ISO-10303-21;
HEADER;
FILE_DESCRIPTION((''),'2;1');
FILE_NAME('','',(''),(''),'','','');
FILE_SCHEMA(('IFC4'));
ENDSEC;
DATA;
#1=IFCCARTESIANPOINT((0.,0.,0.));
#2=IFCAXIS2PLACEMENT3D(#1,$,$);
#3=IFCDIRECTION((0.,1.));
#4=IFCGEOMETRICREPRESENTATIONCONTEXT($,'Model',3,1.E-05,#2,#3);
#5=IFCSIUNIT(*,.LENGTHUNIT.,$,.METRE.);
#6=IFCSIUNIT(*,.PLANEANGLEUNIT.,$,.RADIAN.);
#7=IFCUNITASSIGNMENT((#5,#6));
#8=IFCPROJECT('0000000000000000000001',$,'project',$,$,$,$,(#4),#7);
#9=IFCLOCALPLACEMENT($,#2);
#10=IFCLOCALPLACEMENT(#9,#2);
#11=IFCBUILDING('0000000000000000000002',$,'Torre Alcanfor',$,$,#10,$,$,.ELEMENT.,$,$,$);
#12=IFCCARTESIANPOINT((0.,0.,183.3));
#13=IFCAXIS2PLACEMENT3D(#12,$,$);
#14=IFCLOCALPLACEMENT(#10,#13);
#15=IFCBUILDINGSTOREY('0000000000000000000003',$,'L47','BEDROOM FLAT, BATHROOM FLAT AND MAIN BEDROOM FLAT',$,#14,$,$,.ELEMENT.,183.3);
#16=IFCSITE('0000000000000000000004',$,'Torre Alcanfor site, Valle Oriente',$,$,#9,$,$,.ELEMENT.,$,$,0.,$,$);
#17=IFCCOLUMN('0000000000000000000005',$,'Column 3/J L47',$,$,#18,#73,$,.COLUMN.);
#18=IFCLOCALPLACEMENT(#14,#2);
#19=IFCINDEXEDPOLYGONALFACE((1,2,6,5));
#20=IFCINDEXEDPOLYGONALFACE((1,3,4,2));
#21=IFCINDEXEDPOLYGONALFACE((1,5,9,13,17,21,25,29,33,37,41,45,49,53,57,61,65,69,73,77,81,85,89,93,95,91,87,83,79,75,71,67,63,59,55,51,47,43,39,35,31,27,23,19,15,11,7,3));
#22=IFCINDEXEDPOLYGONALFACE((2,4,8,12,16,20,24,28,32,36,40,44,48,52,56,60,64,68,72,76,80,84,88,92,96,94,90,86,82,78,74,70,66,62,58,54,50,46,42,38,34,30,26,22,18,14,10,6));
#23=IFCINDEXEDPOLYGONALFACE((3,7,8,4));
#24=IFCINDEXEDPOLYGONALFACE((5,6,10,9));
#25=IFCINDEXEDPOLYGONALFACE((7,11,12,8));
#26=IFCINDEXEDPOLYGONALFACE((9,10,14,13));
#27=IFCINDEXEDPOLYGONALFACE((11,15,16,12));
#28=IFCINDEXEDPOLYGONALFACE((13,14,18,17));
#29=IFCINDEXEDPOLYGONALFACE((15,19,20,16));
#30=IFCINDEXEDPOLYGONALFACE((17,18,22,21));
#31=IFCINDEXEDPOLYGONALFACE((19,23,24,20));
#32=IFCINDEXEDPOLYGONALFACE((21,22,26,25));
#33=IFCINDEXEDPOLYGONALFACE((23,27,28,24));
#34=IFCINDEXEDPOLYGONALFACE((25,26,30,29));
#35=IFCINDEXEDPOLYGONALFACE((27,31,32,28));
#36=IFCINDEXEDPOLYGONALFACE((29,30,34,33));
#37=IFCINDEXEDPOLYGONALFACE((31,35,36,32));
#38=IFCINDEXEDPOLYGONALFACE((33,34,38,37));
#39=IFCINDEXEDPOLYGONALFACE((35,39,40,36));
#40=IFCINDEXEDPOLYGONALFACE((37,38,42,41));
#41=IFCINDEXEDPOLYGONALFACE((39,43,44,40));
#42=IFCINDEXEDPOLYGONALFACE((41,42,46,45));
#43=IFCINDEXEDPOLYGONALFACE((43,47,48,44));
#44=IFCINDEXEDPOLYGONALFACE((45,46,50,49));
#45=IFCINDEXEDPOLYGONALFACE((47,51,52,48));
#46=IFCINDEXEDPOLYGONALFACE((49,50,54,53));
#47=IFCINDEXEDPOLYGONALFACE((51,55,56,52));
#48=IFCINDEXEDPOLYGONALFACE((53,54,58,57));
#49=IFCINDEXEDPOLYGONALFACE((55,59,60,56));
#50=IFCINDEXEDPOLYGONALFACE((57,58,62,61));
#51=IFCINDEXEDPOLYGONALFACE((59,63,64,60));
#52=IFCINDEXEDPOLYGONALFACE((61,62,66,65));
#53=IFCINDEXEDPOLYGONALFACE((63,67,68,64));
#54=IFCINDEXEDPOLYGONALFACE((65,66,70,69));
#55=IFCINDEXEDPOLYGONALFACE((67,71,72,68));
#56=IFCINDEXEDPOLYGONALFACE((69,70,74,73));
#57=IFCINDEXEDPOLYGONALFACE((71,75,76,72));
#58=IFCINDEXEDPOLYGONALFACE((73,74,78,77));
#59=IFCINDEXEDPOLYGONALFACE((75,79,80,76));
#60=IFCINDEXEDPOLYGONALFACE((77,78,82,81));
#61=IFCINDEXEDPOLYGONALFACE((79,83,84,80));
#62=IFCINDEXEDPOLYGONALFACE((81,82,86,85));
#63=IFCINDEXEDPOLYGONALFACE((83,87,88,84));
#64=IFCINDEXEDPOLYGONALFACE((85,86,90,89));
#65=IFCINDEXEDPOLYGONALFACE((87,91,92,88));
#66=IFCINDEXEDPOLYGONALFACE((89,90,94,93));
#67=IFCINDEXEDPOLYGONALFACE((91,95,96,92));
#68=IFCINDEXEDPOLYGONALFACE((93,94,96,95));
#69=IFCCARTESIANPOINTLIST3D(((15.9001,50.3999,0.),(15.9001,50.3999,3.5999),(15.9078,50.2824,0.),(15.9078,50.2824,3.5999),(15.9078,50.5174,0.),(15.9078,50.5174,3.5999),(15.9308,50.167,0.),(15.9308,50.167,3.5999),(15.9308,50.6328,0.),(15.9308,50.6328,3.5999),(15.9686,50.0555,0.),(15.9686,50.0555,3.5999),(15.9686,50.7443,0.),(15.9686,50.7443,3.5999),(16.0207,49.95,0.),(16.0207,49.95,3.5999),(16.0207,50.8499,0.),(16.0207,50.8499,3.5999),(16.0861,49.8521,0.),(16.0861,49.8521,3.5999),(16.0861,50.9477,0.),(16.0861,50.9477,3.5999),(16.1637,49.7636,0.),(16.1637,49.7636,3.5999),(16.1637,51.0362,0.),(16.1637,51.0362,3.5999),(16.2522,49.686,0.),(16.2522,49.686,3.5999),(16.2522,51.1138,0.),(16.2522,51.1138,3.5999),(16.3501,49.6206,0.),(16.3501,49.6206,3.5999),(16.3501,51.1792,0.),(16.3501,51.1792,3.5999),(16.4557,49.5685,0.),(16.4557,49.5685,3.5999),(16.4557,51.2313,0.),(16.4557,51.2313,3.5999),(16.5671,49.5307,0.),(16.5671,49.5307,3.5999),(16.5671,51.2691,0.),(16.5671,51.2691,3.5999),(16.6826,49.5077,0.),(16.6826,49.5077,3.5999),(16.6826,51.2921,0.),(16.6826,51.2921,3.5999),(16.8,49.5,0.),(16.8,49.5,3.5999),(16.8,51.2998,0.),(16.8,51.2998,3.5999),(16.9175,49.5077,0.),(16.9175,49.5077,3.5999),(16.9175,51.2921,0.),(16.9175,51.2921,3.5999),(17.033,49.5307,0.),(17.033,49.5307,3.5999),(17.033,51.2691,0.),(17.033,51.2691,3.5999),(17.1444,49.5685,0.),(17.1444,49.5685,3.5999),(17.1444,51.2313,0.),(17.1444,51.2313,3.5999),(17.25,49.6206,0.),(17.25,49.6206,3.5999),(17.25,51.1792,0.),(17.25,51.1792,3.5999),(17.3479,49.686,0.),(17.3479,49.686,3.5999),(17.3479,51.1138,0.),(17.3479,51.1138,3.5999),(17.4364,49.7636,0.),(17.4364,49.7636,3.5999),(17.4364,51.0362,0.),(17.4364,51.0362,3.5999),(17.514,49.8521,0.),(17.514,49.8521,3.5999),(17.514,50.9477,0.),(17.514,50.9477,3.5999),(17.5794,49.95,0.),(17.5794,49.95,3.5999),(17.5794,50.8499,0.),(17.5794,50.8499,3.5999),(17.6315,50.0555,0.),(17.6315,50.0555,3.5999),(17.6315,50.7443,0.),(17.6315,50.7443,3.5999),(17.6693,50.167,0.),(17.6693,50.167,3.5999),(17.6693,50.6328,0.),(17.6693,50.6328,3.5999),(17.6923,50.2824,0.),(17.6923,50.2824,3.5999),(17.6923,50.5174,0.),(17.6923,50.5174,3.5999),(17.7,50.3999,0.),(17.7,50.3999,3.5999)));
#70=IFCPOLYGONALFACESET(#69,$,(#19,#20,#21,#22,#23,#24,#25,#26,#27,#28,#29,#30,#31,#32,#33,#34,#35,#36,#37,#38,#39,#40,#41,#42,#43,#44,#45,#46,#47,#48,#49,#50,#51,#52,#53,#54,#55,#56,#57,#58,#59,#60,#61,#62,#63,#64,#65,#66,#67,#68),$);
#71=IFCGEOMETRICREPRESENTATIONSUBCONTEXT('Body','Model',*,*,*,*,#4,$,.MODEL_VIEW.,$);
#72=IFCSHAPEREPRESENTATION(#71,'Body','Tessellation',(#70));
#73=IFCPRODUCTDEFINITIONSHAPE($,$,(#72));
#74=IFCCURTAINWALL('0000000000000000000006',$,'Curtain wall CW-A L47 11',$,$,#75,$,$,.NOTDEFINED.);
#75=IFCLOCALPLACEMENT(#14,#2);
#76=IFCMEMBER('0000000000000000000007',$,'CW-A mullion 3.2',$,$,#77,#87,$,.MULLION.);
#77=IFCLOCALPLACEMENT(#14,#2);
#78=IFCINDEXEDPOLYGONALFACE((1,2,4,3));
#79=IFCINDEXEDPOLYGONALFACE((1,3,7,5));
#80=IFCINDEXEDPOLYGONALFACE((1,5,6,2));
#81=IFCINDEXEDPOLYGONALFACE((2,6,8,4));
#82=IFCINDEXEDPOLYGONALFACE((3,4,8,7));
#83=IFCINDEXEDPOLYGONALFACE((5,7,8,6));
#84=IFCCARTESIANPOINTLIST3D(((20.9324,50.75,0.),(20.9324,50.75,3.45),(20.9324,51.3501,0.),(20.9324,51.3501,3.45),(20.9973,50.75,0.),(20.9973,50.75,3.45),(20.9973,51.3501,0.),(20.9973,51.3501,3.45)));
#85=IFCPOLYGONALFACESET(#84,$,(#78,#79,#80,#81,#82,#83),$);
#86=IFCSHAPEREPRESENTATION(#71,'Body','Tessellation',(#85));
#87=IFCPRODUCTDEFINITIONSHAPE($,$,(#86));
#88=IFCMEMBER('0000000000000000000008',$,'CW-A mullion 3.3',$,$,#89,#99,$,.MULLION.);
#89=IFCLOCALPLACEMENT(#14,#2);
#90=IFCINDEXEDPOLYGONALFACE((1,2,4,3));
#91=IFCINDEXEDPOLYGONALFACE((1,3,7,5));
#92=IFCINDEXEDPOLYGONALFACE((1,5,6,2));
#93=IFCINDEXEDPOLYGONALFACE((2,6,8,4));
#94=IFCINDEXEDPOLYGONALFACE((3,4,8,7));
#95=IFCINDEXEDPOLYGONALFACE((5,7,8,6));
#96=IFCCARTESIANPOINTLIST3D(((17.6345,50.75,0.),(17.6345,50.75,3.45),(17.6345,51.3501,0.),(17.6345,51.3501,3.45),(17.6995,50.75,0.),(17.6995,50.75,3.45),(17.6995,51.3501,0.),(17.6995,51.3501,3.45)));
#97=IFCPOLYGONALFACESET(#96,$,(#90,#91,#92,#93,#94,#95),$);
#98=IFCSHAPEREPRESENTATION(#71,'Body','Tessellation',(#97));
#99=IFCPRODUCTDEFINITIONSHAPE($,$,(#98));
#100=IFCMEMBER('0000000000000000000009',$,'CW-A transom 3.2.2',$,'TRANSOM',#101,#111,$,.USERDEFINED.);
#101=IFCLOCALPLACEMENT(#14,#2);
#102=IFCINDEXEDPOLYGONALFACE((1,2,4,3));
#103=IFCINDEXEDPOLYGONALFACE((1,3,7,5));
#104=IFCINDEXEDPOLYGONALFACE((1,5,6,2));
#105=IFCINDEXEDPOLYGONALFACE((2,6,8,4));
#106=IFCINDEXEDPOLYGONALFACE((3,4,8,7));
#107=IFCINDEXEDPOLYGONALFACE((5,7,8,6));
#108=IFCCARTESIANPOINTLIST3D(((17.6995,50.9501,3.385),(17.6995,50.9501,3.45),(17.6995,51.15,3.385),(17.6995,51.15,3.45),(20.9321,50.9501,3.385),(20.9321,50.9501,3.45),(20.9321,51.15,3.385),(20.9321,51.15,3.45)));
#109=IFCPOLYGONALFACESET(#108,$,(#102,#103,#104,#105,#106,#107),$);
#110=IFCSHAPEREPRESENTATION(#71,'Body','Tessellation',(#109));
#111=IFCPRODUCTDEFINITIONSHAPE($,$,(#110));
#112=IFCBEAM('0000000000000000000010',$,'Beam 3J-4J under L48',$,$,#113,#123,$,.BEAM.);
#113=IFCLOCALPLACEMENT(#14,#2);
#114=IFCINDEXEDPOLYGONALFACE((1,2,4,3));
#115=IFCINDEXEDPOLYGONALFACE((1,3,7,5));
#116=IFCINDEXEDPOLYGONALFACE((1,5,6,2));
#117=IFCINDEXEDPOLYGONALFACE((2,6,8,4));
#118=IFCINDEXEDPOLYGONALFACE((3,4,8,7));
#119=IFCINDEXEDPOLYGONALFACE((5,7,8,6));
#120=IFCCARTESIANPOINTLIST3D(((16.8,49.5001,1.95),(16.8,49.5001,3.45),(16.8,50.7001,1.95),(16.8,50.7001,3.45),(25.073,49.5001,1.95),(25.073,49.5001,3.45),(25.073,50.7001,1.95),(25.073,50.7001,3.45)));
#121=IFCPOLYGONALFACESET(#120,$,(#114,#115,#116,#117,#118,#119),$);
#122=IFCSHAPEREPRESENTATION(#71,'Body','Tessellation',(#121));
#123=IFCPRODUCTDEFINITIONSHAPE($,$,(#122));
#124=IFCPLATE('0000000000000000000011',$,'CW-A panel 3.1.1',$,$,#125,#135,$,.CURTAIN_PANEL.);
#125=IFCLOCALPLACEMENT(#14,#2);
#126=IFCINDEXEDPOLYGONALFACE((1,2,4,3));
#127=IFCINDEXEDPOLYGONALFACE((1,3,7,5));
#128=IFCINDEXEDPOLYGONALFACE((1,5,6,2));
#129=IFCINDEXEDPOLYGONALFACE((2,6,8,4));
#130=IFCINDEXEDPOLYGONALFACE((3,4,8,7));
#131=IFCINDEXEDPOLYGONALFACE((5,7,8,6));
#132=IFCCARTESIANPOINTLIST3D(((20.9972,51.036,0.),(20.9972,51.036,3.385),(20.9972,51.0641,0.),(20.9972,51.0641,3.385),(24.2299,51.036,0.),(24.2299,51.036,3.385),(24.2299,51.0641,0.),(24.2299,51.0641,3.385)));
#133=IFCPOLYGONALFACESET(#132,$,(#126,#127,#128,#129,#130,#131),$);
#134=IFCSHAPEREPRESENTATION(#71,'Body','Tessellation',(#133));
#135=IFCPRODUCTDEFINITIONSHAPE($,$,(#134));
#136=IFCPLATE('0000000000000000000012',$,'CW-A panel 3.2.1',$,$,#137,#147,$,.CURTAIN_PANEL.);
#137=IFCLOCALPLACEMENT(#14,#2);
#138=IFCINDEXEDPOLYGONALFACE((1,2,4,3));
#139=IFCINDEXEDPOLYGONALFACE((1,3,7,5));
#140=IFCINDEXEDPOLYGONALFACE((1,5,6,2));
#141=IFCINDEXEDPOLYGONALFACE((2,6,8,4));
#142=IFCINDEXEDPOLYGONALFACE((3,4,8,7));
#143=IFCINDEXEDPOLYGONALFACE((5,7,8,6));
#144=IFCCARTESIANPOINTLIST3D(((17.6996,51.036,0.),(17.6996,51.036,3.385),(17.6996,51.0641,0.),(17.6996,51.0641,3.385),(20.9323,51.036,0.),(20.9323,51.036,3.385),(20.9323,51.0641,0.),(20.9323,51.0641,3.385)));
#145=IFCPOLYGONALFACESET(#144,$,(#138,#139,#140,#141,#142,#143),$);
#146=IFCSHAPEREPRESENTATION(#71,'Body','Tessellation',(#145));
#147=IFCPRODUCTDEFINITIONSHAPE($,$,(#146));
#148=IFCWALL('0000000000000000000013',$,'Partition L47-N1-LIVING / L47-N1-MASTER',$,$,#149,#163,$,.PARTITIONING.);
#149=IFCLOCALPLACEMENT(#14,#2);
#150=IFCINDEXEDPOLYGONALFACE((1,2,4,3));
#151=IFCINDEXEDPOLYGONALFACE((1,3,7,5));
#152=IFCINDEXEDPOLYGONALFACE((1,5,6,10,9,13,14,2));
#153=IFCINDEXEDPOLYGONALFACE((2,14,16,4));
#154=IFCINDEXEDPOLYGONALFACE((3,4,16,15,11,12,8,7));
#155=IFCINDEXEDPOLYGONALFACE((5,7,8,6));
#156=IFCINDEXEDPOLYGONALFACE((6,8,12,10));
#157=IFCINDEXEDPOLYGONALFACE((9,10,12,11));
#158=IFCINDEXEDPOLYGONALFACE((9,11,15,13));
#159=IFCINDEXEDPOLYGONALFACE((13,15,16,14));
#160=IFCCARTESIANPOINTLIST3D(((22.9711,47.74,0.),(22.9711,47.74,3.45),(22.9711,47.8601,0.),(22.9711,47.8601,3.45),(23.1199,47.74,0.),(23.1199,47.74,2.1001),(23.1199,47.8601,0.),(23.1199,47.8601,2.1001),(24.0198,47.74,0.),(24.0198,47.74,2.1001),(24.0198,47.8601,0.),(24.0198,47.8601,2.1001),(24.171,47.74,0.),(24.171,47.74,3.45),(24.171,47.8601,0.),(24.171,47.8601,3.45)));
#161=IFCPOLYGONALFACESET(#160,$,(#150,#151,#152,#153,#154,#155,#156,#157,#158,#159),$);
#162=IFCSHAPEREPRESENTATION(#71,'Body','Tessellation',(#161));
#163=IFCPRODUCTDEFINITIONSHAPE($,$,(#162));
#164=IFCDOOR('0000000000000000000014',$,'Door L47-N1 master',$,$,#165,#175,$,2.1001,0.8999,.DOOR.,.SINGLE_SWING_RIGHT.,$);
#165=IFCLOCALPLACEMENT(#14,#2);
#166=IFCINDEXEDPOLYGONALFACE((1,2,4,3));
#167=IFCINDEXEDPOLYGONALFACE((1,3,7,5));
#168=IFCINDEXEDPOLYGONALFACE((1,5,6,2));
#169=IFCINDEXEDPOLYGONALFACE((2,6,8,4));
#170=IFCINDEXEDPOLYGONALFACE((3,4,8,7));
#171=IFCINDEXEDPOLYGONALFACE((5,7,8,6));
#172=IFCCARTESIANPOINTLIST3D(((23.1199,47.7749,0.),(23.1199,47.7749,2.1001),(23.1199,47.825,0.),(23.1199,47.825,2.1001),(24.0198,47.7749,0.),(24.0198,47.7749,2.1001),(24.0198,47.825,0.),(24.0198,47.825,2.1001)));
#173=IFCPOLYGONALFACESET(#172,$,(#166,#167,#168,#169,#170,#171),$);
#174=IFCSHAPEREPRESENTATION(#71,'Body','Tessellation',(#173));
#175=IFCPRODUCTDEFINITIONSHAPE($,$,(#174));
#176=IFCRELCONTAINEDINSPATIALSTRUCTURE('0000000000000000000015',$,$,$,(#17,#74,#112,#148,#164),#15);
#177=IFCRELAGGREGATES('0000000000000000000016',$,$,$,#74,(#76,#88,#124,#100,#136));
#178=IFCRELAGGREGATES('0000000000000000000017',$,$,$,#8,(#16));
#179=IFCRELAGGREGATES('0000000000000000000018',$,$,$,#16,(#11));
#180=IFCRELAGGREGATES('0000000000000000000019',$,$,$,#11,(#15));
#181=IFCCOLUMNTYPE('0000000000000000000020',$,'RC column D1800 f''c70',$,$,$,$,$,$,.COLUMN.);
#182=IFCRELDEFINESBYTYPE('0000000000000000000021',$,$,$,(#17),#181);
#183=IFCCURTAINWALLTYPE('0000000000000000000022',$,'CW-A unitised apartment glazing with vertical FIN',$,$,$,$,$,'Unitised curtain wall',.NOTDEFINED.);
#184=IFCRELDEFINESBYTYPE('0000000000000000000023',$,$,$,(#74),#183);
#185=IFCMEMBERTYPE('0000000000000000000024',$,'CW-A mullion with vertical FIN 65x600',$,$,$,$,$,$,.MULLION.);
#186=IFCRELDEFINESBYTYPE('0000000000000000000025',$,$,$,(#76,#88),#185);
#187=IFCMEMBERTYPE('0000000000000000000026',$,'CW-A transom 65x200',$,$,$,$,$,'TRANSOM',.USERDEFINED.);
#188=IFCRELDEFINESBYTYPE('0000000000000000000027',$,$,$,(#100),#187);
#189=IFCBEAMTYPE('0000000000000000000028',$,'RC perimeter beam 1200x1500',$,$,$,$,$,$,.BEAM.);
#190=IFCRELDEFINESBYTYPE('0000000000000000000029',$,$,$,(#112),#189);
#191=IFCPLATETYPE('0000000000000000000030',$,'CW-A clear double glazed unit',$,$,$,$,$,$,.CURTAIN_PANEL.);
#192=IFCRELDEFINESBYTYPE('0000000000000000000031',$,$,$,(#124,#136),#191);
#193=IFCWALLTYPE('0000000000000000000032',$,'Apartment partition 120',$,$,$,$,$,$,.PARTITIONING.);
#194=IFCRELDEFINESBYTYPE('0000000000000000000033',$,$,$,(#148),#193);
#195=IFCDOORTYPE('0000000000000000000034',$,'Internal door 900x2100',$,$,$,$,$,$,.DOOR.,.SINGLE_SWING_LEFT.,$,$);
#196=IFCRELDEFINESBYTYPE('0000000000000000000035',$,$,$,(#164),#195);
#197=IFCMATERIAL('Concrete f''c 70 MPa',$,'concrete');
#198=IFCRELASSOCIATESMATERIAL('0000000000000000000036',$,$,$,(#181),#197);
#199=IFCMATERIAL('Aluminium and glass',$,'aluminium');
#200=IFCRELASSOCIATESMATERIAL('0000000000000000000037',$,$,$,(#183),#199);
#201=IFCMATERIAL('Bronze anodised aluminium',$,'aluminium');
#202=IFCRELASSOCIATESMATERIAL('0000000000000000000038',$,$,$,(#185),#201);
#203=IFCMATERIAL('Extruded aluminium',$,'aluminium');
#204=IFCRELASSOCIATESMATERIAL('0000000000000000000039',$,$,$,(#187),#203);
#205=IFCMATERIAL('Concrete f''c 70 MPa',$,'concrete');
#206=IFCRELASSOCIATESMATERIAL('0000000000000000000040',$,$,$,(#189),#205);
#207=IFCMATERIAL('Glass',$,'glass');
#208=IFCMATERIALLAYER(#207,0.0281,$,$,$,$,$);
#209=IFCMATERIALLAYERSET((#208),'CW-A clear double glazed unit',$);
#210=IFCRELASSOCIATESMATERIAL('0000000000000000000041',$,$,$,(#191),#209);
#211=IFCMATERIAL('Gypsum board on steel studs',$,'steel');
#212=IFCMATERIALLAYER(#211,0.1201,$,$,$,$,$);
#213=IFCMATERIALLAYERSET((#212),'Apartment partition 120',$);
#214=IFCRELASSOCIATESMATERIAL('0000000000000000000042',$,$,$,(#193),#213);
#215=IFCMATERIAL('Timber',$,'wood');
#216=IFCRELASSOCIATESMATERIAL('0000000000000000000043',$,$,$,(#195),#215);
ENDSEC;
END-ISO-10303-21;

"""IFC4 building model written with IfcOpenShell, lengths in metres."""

from ifc_helpers import new_model, si_unit, direction, frame, frame_2d, origin, origin_2d, place, context, subcontext, project, spatial, rectangle, circle, extrude, material, layer, layer_set, material_profile, profile_set, type_object, element, fill, aggregate, save


model = new_model("IFC4")

# Units and contexts
model_context = context("Model", 3, precision=1e-05, world=origin(), true_north=direction((0.0, 1.0)))
body_context = subcontext(model_context, "Body", "Model", "MODEL_VIEW")
ifc_project = project(units=[si_unit("LENGTHUNIT", "METRE"), si_unit("PLANEANGLEUNIT", "RADIAN")], contexts=[model_context])

# Site, building, storey
site_placement = place(None, origin())
site = spatial("IfcSite", under=ifc_project, at=site_placement, Name="Torre Alcanfor site, Valle Oriente", CompositionType="ELEMENT", RefElevation=0.0)
building_placement = place(site_placement, origin())
building = spatial("IfcBuilding", under=site, at=building_placement, Name="Torre Alcanfor", CompositionType="ELEMENT")
storey_placement = place(building_placement, frame((0.0, 0.0, 183.3)))
storey = spatial("IfcBuildingStorey", under=building, at=storey_placement, Name="L47", Description="BEDROOM FLAT, BATHROOM FLAT AND MAIN BEDROOM FLAT", CompositionType="ELEMENT", Elevation=183.3)

# Column
ifc_material_1 = material(Name="Concrete f'c 70 MPa", Category="concrete")
ifc_material_profile_1 = material_profile(ifc_material_1, circle(Radius=0.8999, at=origin_2d()), Name="D1800")
ifc_profile_set_1 = profile_set([ifc_material_profile_1], Name="Concrete f'c 70 MPa")
column_type = type_object("IfcColumnType", Name="RC column D1800 f'c70", PredefinedType="COLUMN", material=ifc_profile_set_1)
column_placement = place(storey_placement, frame((16.8, 50.3999, 0.0), z_axis=(0.0, 0.0, 1.0), x_axis=(1.0, 0.0, 0.0)))
element("IfcColumn", 1, at=column_placement, inside=storey, type_object=column_type, Name="Column 3/J L47", PredefinedType="COLUMN", context=body_context, shape_type="SweptSolid", body=[
    extrude(circle(Radius=0.8999, at=origin_2d()), origin(), (0.0, 0.0, 1.0), 3.5999),
])

# Curtain wall, members
ifc_material_2 = material(Name="Aluminium and glass", Category="aluminium")
curtain_wall_type = type_object("IfcCurtainWallType", Name="CW-A unitised apartment glazing with vertical FIN", ElementType="Unitised curtain wall", PredefinedType="NOTDEFINED", material=ifc_material_2)
curtain_wall_placement = place(storey_placement, origin())
curtain_wall = element("IfcCurtainWall", 2, at=curtain_wall_placement, inside=storey, type_object=curtain_wall_type, Name="Curtain wall CW-A L47 11", PredefinedType="NOTDEFINED")
ifc_material_3 = material(Name="Bronze anodised aluminium", Category="aluminium")
ifc_material_profile_2 = material_profile(ifc_material_3, rectangle(XDim=0.6001, YDim=0.0649, at=origin_2d()), Name="CW-A mullion 65x600")
ifc_profile_set_2 = profile_set([ifc_material_profile_2], Name="Bronze anodised aluminium")
member_type_1 = type_object("IfcMemberType", Name="CW-A mullion with vertical FIN 65x600", PredefinedType="MULLION", material=ifc_profile_set_2)
member_1_placement = place(storey_placement, frame((20.9648, 51.05, 0.0), z_axis=(0.0, 0.0, 1.0), x_axis=(0.0, -1.0, 0.0)))
member_1 = element("IfcMember", 3, at=member_1_placement, type_object=member_type_1, Name="CW-A mullion 3.2", PredefinedType="MULLION", context=body_context, shape_type="SweptSolid", body=[
    extrude(rectangle(XDim=0.6001, YDim=0.0649, at=origin_2d()), origin(), (0.0, 0.0, 1.0), 3.45),
])
member_2_placement = place(storey_placement, frame((17.667, 51.05, 0.0), z_axis=(0.0, 0.0, 1.0), x_axis=(0.0, -1.0, 0.0)))
member_2 = element("IfcMember", 4, at=member_2_placement, type_object=member_type_1, Name="CW-A mullion 3.3", PredefinedType="MULLION", context=body_context, shape_type="SweptSolid", body=[
    extrude(rectangle(XDim=0.6001, YDim=0.0649, at=origin_2d()), origin(), (0.0, 0.0, 1.0), 3.45),
])
ifc_material_4 = material(Name="Extruded aluminium", Category="aluminium")
ifc_material_profile_3 = material_profile(ifc_material_4, rectangle(XDim=0.2, YDim=0.0649, at=origin_2d()), Name="CW-A transom 200x65")
ifc_profile_set_3 = profile_set([ifc_material_profile_3], Name="Extruded aluminium")
member_type_2 = type_object("IfcMemberType", Name="CW-A transom 65x200", ElementType="TRANSOM", PredefinedType="USERDEFINED", material=ifc_profile_set_3)
member_3_placement = place(storey_placement, frame((20.9321, 51.05, 3.4175), z_axis=(-1.0, 0.0, 0.0), x_axis=(0.0, -1.0, 0.0)))
member_3 = element("IfcMember", 5, at=member_3_placement, type_object=member_type_2, Name="CW-A transom 3.2.2", ObjectType="TRANSOM", PredefinedType="USERDEFINED", context=body_context, shape_type="SweptSolid", body=[
    extrude(rectangle(XDim=0.2, YDim=0.0649, at=origin_2d()), origin(), (0.0, 0.0, 1.0), 3.2327),
])

# Beam
ifc_material_5 = material(Name="Concrete f'c 70 MPa", Category="concrete")
ifc_material_profile_4 = material_profile(ifc_material_5, rectangle(XDim=1.2, YDim=1.5, at=origin_2d()), Name="1200x1500")
ifc_profile_set_4 = profile_set([ifc_material_profile_4], Name="Concrete f'c 70 MPa")
beam_type = type_object("IfcBeamType", Name="RC perimeter beam 1200x1500", PredefinedType="BEAM", material=ifc_profile_set_4)
beam_placement = place(storey_placement, frame((16.8, 50.1001, 2.7), z_axis=(1.0, 0.0, 0.0), x_axis=(0.0, 1.0, 0.0)))
element("IfcBeam", 6, at=beam_placement, inside=storey, type_object=beam_type, Name="Beam 3J-4J under L48", PredefinedType="BEAM", context=body_context, shape_type="SweptSolid", body=[
    extrude(rectangle(XDim=1.2, YDim=1.5, at=origin_2d()), origin(), (0.0, 0.0, 1.0), 8.2729),
])

# Plates
ifc_material_6 = material(Name="Glass", Category="glass")
ifc_layer_1 = layer(ifc_material_6, 0.0281)
ifc_layer_set_1 = layer_set([ifc_layer_1], Name="CW-A clear double glazed unit")
plate_type = type_object("IfcPlateType", Name="CW-A clear double glazed unit", PredefinedType="CURTAIN_PANEL", material=ifc_layer_set_1)
plate_1_placement = place(storey_placement, frame((22.6135, 51.05, 0.0), z_axis=(0.0, 0.0, 1.0), x_axis=(-1.0, 0.0, 0.0)))
plate_1 = element("IfcPlate", 7, at=plate_1_placement, type_object=plate_type, Name="CW-A panel 3.1.1", PredefinedType="CURTAIN_PANEL", context=body_context, shape_type="SweptSolid", body=[
    extrude(rectangle(XDim=3.2327, YDim=0.0281, at=origin_2d()), origin(), (0.0, 0.0, 1.0), 3.385),
])
plate_2_placement = place(storey_placement, frame((19.3159, 51.05, 0.0), z_axis=(0.0, 0.0, 1.0), x_axis=(-1.0, 0.0, 0.0)))
plate_2 = element("IfcPlate", 8, at=plate_2_placement, type_object=plate_type, Name="CW-A panel 3.2.1", PredefinedType="CURTAIN_PANEL", context=body_context, shape_type="SweptSolid", body=[
    extrude(rectangle(XDim=3.2327, YDim=0.0281, at=origin_2d()), origin(), (0.0, 0.0, 1.0), 3.385),
])
aggregate(curtain_wall, [member_1, member_2, plate_1, member_3, plate_2])

# Wall, opening, door
ifc_material_7 = material(Name="Gypsum board on steel studs", Category="steel")
ifc_layer_2 = layer(ifc_material_7, 0.1201)
ifc_layer_set_2 = layer_set([ifc_layer_2], Name="Apartment partition 120")
wall_type_1 = type_object("IfcWallType", Name="Apartment partition 120", PredefinedType="PARTITIONING", material=ifc_layer_set_2)
wall_1_placement = place(storey_placement, frame((22.9709, 47.8, 0.0), z_axis=(0.0, 0.0, 1.0), x_axis=(1.0, 0.0, 0.0)))
wall_1 = element("IfcWall", 9, at=wall_1_placement, inside=storey, type_object=wall_type_1, Name="Partition L47-N1-LIVING / L47-N1-MASTER", PredefinedType="PARTITIONING", context=body_context, shape_type="SweptSolid", body=[
    extrude(rectangle(XDim=1.2, YDim=0.1201, at=frame_2d((0.6001, 0.0))), origin(), (0.0, 0.0, 1.0), 3.45),
])
opening_1_placement = place(wall_1_placement, frame((0.1489, 0.0, 0.0)))
opening_1 = element("IfcOpeningElement", 10, at=opening_1_placement, cuts=wall_1, PredefinedType="OPENING", context=body_context, shape_type="SweptSolid", body=[
    extrude(rectangle(XDim=0.8999, YDim=2.1001, at=frame_2d((0.45, 1.05))), frame((0.0, 0.0701, 0.0), z_axis=(0.0, -1.0, 0.0), x_axis=(1.0, 0.0, 0.0)), (0.0, 0.0, 1.0), 0.1401),
])
ifc_material_8 = material(Name="Timber", Category="wood")
door_type_1 = type_object("IfcDoorType", Name="Internal door 900x2100", OperationType="SINGLE_SWING_LEFT", PredefinedType="DOOR", material=ifc_material_8)
door_1_placement = place(opening_1_placement, origin())
door_1 = element("IfcDoor", 11, at=door_1_placement, inside=storey, type_object=door_type_1, Name="Door L47-N1 master", OperationType="SINGLE_SWING_RIGHT", OverallHeight=2.1001, OverallWidth=0.8999, PredefinedType="DOOR", context=body_context, shape_type="SweptSolid", body=[
    extrude(rectangle(XDim=0.8999, YDim=2.1001, at=frame_2d((0.45, 1.05))), frame((0.0, 0.0249, 0.0), z_axis=(0.0, -1.0, 0.0), x_axis=(1.0, 0.0, 0.0)), (0.0, 0.0, 1.0), 0.05),
])
fill(opening_1, door_1)

save(model, "model.ifc")
